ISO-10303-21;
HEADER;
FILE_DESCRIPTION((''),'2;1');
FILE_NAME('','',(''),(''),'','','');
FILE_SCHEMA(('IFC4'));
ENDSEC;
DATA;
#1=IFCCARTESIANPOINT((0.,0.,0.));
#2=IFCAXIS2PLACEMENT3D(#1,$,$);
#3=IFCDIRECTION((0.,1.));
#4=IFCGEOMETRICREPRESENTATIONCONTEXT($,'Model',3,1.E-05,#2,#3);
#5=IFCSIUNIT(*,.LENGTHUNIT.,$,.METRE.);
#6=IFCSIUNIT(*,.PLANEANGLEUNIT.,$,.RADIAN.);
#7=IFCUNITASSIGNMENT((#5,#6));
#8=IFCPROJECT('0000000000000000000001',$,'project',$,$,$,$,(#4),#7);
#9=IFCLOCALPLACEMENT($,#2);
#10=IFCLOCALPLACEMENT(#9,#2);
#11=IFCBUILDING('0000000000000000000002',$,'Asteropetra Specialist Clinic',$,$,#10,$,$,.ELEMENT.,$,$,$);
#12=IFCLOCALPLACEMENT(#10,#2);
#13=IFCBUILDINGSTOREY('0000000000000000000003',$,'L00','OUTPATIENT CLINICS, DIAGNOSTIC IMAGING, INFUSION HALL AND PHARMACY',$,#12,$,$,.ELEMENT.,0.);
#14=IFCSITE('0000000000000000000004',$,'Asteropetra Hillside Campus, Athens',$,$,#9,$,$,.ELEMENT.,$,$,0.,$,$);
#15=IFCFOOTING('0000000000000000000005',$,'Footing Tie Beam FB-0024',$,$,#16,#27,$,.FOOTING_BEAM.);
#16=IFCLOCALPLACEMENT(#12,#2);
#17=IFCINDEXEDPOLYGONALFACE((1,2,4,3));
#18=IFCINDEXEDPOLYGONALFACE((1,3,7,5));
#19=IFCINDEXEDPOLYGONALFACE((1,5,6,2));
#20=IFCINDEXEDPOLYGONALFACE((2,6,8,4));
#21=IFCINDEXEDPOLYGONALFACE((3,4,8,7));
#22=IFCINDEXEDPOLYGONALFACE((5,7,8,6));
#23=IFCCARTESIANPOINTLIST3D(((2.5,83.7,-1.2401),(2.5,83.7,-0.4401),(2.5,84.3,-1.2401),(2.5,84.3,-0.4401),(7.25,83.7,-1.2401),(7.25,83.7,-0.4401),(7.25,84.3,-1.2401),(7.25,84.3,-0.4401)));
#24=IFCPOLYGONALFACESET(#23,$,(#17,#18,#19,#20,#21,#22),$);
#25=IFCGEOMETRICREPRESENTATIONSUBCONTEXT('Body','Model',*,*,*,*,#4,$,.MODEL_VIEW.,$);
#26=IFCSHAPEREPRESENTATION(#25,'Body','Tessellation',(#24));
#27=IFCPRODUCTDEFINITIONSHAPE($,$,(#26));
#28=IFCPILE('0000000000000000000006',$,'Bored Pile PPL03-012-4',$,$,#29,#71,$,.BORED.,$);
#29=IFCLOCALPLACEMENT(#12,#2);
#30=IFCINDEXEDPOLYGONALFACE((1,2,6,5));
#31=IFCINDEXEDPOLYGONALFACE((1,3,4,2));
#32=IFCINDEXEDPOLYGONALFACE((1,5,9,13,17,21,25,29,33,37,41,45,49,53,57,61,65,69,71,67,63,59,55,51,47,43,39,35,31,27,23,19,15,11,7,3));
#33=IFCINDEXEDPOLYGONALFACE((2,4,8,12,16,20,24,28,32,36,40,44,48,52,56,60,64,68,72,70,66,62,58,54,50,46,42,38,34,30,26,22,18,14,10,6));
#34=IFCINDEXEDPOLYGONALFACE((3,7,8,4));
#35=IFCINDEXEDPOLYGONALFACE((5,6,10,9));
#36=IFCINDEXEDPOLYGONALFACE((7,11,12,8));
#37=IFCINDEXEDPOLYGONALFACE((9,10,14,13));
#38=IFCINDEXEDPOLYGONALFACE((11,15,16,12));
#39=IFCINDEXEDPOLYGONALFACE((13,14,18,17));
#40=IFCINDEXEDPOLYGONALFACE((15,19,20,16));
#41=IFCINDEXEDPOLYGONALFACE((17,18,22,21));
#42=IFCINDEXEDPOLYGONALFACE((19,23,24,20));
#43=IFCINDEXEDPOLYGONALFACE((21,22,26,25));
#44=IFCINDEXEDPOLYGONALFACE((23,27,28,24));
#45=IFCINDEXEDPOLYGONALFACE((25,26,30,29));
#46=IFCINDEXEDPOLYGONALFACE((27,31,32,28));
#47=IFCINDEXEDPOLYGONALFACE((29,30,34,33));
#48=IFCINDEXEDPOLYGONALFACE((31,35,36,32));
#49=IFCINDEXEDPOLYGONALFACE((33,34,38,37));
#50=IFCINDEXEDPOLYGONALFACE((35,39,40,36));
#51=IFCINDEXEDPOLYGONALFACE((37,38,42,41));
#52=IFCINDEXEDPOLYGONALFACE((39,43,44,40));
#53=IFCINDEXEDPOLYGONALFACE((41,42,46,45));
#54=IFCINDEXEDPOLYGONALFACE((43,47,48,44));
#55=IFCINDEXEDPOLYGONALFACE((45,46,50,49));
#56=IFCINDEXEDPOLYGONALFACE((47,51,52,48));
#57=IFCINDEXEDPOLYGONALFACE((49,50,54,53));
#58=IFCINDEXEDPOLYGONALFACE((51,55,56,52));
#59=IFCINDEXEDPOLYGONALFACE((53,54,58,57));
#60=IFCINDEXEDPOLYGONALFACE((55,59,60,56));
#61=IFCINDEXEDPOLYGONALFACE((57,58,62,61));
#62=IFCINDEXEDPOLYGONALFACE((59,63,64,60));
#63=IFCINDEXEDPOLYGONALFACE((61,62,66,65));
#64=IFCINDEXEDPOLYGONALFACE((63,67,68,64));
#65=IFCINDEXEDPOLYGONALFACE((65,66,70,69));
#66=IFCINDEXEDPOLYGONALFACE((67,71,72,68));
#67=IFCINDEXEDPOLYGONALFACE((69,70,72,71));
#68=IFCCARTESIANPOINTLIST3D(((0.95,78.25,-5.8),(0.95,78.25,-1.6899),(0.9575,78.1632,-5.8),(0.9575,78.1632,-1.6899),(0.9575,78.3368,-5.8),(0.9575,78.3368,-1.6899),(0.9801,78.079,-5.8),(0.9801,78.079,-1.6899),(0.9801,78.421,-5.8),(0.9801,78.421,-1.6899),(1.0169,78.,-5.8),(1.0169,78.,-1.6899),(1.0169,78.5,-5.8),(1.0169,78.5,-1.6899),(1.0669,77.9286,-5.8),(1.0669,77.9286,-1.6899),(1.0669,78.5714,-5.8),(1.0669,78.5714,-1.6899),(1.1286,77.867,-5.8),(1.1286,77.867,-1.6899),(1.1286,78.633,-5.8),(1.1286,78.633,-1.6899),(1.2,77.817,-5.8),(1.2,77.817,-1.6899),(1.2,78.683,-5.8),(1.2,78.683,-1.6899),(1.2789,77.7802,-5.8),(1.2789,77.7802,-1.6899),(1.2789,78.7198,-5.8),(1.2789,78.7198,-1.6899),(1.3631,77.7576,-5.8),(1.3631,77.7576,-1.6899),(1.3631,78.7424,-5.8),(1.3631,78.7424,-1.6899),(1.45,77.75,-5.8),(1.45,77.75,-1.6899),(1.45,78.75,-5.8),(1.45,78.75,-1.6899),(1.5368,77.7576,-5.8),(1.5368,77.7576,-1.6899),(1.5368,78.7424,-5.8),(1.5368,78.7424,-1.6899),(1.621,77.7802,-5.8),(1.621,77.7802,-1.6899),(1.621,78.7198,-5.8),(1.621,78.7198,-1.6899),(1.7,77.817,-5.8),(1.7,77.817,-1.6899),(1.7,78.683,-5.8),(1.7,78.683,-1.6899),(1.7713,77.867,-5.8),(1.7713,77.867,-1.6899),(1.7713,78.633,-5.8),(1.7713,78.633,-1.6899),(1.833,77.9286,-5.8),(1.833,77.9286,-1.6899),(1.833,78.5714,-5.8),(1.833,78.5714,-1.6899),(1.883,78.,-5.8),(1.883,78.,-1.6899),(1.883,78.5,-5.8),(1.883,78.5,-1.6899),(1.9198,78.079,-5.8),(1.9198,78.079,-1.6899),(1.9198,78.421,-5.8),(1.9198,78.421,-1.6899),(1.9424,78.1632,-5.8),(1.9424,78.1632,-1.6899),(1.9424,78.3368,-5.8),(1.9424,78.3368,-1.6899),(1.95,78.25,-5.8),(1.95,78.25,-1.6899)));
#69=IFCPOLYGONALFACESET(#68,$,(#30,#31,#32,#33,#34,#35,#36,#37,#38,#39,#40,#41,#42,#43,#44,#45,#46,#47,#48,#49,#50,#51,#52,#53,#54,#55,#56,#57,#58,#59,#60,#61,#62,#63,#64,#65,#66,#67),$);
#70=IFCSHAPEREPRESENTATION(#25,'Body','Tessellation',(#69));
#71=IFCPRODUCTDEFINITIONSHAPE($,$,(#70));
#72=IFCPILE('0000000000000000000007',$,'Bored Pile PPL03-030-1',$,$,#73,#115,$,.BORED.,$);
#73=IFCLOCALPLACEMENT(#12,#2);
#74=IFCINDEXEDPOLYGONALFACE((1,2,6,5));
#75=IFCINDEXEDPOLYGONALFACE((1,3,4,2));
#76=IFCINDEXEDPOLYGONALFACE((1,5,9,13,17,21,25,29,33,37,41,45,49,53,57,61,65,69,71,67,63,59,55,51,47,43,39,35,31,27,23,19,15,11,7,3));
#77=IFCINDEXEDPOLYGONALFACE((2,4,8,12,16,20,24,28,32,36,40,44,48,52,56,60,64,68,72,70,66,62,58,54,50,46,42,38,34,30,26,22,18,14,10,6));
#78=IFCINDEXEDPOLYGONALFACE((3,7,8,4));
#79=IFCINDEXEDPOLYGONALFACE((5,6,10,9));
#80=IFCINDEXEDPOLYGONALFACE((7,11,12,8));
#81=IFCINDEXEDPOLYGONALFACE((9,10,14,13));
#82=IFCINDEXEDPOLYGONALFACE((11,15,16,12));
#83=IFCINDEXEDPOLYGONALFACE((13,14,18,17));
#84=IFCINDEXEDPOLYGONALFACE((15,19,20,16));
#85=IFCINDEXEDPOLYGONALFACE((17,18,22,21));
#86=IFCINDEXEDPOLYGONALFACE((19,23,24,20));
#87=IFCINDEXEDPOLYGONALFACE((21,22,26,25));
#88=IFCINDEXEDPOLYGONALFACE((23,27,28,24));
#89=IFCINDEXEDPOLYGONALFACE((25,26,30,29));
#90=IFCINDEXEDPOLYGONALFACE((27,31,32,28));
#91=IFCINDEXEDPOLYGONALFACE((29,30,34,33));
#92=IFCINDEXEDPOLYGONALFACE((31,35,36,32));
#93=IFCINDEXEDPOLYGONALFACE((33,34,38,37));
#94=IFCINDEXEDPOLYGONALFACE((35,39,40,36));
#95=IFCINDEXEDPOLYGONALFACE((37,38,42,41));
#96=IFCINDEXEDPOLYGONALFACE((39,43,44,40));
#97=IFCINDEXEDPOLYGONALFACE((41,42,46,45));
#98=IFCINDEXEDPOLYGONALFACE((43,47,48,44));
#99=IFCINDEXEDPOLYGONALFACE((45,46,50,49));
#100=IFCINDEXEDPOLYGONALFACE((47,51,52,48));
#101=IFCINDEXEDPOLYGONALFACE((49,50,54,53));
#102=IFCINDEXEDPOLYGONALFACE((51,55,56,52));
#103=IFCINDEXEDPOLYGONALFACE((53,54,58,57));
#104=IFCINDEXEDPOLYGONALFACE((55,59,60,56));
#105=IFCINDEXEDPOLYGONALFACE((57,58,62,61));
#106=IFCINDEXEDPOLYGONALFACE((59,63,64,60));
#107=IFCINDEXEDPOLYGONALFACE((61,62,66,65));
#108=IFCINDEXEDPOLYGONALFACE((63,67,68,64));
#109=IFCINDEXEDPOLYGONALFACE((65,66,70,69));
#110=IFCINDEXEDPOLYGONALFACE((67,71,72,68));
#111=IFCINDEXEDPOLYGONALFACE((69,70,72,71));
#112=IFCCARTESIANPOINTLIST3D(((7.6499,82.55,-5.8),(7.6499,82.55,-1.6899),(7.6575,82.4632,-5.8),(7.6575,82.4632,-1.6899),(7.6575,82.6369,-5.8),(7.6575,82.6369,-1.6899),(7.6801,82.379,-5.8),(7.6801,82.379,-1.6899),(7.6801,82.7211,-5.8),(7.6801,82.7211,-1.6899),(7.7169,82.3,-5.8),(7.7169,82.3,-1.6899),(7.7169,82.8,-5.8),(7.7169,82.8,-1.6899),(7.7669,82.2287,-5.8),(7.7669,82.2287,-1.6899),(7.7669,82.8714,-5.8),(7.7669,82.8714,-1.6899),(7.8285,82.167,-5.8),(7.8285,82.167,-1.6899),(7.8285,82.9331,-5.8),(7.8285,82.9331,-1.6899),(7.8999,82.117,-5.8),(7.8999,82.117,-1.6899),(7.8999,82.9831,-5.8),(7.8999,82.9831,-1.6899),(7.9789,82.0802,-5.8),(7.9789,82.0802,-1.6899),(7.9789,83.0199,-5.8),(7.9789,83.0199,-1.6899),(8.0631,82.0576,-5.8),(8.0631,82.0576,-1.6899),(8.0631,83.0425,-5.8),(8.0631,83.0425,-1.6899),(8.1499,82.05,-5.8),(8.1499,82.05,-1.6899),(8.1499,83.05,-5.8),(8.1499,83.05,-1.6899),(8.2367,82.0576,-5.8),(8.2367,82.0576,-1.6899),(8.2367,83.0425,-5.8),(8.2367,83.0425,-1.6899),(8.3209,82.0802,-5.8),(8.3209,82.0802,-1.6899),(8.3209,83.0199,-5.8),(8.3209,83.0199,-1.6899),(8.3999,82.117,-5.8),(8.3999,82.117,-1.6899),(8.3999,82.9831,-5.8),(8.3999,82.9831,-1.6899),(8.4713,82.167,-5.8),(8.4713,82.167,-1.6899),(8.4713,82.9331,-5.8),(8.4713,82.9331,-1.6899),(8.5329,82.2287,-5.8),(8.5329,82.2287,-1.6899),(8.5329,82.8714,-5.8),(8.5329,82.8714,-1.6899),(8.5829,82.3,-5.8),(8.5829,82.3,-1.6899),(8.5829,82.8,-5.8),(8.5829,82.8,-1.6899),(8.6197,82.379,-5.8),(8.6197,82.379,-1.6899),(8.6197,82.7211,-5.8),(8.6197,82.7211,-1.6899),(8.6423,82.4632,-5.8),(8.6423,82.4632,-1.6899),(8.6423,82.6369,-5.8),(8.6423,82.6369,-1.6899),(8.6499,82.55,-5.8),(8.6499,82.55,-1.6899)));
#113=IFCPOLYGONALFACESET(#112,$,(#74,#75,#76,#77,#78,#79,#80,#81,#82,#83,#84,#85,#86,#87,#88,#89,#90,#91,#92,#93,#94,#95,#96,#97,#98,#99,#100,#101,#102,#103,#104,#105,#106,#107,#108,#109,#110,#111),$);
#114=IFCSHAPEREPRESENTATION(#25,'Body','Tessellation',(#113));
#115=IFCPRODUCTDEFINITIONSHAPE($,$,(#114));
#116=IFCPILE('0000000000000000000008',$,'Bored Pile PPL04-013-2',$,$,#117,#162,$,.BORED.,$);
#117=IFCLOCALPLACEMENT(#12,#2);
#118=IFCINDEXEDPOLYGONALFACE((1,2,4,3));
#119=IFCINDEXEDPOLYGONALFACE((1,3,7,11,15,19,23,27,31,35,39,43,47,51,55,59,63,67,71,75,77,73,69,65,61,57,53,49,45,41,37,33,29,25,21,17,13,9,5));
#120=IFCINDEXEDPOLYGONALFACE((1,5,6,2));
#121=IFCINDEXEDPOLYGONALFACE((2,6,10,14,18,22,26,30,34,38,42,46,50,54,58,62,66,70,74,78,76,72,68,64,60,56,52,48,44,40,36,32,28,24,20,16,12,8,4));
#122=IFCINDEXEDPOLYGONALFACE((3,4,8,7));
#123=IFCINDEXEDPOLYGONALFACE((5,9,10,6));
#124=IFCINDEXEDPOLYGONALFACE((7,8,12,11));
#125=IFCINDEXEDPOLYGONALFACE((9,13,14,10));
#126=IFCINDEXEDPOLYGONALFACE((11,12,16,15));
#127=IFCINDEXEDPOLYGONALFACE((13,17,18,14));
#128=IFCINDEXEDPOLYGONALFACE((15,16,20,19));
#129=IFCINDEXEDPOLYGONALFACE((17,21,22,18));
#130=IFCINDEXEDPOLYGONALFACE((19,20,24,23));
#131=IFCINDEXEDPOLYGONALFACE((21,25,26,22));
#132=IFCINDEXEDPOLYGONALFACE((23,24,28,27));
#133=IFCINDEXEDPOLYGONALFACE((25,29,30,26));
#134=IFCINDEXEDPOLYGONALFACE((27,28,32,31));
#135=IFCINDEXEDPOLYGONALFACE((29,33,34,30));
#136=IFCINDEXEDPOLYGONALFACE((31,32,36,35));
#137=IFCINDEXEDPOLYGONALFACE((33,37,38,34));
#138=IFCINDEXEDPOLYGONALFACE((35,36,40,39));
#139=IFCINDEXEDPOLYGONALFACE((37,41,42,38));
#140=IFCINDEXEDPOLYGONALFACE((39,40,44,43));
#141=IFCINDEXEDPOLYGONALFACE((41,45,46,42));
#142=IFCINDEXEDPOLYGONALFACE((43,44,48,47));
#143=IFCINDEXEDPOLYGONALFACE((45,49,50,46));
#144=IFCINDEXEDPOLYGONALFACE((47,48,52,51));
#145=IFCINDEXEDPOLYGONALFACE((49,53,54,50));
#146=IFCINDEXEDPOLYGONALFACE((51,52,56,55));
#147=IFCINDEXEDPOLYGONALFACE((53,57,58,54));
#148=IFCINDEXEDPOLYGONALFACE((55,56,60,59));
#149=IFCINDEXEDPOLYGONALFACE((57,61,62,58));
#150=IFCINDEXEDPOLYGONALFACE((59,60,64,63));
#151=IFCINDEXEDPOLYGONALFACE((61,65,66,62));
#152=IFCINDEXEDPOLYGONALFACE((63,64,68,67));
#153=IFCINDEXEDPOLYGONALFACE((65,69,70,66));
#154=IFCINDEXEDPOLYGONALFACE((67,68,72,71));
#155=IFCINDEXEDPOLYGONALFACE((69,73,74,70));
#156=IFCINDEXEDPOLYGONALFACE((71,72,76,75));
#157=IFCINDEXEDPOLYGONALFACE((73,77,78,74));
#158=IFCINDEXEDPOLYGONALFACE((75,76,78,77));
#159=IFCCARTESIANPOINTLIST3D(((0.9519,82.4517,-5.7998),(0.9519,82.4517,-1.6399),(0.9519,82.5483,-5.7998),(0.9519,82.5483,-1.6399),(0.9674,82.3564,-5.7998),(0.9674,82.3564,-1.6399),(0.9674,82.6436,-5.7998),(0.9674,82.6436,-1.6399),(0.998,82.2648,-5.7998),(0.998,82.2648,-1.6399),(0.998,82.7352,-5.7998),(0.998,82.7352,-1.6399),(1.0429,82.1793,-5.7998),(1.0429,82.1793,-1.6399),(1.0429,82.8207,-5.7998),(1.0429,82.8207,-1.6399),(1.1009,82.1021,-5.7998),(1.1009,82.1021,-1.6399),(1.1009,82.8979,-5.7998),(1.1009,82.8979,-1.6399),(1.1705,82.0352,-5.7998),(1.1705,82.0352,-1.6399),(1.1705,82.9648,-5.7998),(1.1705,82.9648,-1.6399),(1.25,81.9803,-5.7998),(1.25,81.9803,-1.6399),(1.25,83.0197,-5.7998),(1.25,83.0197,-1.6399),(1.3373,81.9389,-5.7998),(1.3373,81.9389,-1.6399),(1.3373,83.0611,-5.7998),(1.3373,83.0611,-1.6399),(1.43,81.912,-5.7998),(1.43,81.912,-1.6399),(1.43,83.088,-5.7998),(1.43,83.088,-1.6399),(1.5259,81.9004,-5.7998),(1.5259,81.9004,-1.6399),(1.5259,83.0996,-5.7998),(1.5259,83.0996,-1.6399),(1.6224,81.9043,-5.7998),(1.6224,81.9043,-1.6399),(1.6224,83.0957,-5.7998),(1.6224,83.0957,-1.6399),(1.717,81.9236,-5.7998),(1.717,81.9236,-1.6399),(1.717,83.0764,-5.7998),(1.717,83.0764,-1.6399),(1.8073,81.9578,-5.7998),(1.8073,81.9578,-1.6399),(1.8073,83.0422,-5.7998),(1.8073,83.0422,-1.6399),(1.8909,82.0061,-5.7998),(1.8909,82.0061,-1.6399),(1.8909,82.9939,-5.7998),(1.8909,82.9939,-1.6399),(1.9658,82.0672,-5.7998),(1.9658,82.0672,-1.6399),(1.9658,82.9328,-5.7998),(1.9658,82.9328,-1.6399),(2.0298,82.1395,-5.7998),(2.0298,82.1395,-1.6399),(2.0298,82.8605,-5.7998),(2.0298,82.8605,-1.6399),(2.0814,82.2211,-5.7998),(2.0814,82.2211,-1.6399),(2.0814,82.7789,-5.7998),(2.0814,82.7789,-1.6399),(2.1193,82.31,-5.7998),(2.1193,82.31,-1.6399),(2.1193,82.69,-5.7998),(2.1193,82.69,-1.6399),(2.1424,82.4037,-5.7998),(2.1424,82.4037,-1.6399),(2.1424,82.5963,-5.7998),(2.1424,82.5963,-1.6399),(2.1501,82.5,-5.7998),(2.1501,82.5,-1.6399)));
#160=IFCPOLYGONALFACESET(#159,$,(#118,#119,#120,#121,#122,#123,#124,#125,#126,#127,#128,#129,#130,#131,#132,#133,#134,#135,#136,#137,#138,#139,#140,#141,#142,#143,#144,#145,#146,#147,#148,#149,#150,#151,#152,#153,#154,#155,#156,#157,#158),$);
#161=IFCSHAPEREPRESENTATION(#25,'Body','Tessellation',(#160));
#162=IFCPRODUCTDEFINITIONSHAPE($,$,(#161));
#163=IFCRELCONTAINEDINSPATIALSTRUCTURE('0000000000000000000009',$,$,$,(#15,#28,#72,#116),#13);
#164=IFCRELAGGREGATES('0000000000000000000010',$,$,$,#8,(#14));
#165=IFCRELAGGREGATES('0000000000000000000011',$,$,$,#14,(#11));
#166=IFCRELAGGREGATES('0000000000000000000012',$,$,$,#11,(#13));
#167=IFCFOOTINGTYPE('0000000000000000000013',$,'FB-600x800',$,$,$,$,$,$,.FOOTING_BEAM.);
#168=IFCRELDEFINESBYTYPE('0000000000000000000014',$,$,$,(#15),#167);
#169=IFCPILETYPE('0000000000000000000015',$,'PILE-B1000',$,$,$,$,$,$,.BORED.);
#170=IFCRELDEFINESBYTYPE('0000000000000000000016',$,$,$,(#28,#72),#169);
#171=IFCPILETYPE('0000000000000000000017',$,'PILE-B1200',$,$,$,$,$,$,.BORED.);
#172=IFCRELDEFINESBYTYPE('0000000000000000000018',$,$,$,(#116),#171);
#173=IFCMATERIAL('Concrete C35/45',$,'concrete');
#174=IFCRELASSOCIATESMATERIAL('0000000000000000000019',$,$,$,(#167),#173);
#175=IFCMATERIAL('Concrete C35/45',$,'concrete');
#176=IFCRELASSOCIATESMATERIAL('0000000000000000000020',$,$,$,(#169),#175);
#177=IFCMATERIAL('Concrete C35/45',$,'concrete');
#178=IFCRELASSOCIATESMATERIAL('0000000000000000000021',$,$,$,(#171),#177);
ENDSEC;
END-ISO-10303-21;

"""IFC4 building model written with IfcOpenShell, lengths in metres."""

from ifc_helpers import new_model, si_unit, direction, frame, origin, origin_2d, place, context, subcontext, project, spatial, rectangle, circle, extrude, material, material_profile, profile_set, type_object, element, save


model = new_model("IFC4")

# Units and contexts
model_context = context("Model", 3, precision=1e-05, world=origin(), true_north=direction((0.0, 1.0)))
body_context = subcontext(model_context, "Body", "Model", "MODEL_VIEW")
ifc_project = project(units=[si_unit("LENGTHUNIT", "METRE"), si_unit("PLANEANGLEUNIT", "RADIAN")], contexts=[model_context])

# Site, building, storey
site_placement = place(None, origin())
site = spatial("IfcSite", under=ifc_project, at=site_placement, Name="Asteropetra Hillside Campus, Athens", CompositionType="ELEMENT", RefElevation=0.0)
building_placement = place(site_placement, origin())
building = spatial("IfcBuilding", under=site, at=building_placement, Name="Asteropetra Specialist Clinic", CompositionType="ELEMENT")
storey_placement = place(building_placement, origin())
storey = spatial("IfcBuildingStorey", under=building, at=storey_placement, Name="L00", Description="OUTPATIENT CLINICS, DIAGNOSTIC IMAGING, INFUSION HALL AND PHARMACY", CompositionType="ELEMENT", Elevation=0.0)

# Footing
ifc_material_1 = material(Name="Concrete C35/45", Category="concrete")
ifc_material_profile_1 = material_profile(ifc_material_1, rectangle(XDim=0.6001, YDim=0.8, at=origin_2d()), Name="FB 600x800")
ifc_profile_set_1 = profile_set([ifc_material_profile_1], Name="Concrete C35/45")
footing_type = type_object("IfcFootingType", Name="FB-600x800", PredefinedType="FOOTING_BEAM", material=ifc_profile_set_1)
footing_placement = place(storey_placement, frame((2.5, 84.0, -0.8401), z_axis=(1.0, 0.0, 0.0), x_axis=(0.0, 1.0, 0.0)))
element("IfcFooting", 1, at=footing_placement, inside=storey, type_object=footing_type, Name="Footing Tie Beam FB-0024", PredefinedType="FOOTING_BEAM", context=body_context, shape_type="SweptSolid", body=[
    extrude(rectangle(XDim=0.6001, YDim=0.8, at=origin_2d()), origin(), (0.0, 0.0, 1.0), 4.75),
])

# Piles
ifc_material_2 = material(Name="Concrete C35/45", Category="concrete")
ifc_material_profile_2 = material_profile(ifc_material_2, circle(Radius=0.5, at=origin_2d()), Name="PILE D1000")
ifc_profile_set_2 = profile_set([ifc_material_profile_2], Name="Concrete C35/45")
pile_type_1 = type_object("IfcPileType", Name="PILE-B1000", PredefinedType="BORED", material=ifc_profile_set_2)
for number, where, z_axis, x_axis, name in (
    (2, (1.45, 78.25, -1.6899), (0.0, 0.0, -1.0), (1.0, 0.0, 0.0), "Bored Pile PPL03-012-4"),
    (3, (8.1499, 82.55, -1.6899), (0.0, 0.0, -1.0), (1.0, 0.0, 0.0), "Bored Pile PPL03-030-1"),
):
    element("IfcPile", number, at=place(storey_placement, frame(where, z_axis=z_axis, x_axis=x_axis)), inside=storey, type_object=pile_type_1, Name=name, PredefinedType="BORED", context=body_context, shape_type="SweptSolid", body=[
        extrude(circle(Radius=0.5, at=origin_2d()), origin(), (0.0, 0.0, 1.0), 4.1101),
    ])
ifc_material_3 = material(Name="Concrete C35/45", Category="concrete")
ifc_material_profile_3 = material_profile(ifc_material_3, circle(Radius=0.6001, at=origin_2d()), Name="PILE D1200")
ifc_profile_set_3 = profile_set([ifc_material_profile_3], Name="Concrete C35/45")
pile_type_2 = type_object("IfcPileType", Name="PILE-B1200", PredefinedType="BORED", material=ifc_profile_set_3)
for number, where, z_axis, x_axis, name in (
    (4, (1.55, 82.5, -1.6399), (0.0, 0.0, -1.0), (1.0, 0.0, 0.0), "Bored Pile PPL04-013-2"),
):
    element("IfcPile", number, at=place(storey_placement, frame(where, z_axis=z_axis, x_axis=x_axis)), inside=storey, type_object=pile_type_2, Name=name, PredefinedType="BORED", context=body_context, shape_type="SweptSolid", body=[
        extrude(circle(Radius=0.6001, at=origin_2d()), origin(), (0.0, 0.0, 1.0), 4.1599),
    ])

save(model, "model.ifc")
